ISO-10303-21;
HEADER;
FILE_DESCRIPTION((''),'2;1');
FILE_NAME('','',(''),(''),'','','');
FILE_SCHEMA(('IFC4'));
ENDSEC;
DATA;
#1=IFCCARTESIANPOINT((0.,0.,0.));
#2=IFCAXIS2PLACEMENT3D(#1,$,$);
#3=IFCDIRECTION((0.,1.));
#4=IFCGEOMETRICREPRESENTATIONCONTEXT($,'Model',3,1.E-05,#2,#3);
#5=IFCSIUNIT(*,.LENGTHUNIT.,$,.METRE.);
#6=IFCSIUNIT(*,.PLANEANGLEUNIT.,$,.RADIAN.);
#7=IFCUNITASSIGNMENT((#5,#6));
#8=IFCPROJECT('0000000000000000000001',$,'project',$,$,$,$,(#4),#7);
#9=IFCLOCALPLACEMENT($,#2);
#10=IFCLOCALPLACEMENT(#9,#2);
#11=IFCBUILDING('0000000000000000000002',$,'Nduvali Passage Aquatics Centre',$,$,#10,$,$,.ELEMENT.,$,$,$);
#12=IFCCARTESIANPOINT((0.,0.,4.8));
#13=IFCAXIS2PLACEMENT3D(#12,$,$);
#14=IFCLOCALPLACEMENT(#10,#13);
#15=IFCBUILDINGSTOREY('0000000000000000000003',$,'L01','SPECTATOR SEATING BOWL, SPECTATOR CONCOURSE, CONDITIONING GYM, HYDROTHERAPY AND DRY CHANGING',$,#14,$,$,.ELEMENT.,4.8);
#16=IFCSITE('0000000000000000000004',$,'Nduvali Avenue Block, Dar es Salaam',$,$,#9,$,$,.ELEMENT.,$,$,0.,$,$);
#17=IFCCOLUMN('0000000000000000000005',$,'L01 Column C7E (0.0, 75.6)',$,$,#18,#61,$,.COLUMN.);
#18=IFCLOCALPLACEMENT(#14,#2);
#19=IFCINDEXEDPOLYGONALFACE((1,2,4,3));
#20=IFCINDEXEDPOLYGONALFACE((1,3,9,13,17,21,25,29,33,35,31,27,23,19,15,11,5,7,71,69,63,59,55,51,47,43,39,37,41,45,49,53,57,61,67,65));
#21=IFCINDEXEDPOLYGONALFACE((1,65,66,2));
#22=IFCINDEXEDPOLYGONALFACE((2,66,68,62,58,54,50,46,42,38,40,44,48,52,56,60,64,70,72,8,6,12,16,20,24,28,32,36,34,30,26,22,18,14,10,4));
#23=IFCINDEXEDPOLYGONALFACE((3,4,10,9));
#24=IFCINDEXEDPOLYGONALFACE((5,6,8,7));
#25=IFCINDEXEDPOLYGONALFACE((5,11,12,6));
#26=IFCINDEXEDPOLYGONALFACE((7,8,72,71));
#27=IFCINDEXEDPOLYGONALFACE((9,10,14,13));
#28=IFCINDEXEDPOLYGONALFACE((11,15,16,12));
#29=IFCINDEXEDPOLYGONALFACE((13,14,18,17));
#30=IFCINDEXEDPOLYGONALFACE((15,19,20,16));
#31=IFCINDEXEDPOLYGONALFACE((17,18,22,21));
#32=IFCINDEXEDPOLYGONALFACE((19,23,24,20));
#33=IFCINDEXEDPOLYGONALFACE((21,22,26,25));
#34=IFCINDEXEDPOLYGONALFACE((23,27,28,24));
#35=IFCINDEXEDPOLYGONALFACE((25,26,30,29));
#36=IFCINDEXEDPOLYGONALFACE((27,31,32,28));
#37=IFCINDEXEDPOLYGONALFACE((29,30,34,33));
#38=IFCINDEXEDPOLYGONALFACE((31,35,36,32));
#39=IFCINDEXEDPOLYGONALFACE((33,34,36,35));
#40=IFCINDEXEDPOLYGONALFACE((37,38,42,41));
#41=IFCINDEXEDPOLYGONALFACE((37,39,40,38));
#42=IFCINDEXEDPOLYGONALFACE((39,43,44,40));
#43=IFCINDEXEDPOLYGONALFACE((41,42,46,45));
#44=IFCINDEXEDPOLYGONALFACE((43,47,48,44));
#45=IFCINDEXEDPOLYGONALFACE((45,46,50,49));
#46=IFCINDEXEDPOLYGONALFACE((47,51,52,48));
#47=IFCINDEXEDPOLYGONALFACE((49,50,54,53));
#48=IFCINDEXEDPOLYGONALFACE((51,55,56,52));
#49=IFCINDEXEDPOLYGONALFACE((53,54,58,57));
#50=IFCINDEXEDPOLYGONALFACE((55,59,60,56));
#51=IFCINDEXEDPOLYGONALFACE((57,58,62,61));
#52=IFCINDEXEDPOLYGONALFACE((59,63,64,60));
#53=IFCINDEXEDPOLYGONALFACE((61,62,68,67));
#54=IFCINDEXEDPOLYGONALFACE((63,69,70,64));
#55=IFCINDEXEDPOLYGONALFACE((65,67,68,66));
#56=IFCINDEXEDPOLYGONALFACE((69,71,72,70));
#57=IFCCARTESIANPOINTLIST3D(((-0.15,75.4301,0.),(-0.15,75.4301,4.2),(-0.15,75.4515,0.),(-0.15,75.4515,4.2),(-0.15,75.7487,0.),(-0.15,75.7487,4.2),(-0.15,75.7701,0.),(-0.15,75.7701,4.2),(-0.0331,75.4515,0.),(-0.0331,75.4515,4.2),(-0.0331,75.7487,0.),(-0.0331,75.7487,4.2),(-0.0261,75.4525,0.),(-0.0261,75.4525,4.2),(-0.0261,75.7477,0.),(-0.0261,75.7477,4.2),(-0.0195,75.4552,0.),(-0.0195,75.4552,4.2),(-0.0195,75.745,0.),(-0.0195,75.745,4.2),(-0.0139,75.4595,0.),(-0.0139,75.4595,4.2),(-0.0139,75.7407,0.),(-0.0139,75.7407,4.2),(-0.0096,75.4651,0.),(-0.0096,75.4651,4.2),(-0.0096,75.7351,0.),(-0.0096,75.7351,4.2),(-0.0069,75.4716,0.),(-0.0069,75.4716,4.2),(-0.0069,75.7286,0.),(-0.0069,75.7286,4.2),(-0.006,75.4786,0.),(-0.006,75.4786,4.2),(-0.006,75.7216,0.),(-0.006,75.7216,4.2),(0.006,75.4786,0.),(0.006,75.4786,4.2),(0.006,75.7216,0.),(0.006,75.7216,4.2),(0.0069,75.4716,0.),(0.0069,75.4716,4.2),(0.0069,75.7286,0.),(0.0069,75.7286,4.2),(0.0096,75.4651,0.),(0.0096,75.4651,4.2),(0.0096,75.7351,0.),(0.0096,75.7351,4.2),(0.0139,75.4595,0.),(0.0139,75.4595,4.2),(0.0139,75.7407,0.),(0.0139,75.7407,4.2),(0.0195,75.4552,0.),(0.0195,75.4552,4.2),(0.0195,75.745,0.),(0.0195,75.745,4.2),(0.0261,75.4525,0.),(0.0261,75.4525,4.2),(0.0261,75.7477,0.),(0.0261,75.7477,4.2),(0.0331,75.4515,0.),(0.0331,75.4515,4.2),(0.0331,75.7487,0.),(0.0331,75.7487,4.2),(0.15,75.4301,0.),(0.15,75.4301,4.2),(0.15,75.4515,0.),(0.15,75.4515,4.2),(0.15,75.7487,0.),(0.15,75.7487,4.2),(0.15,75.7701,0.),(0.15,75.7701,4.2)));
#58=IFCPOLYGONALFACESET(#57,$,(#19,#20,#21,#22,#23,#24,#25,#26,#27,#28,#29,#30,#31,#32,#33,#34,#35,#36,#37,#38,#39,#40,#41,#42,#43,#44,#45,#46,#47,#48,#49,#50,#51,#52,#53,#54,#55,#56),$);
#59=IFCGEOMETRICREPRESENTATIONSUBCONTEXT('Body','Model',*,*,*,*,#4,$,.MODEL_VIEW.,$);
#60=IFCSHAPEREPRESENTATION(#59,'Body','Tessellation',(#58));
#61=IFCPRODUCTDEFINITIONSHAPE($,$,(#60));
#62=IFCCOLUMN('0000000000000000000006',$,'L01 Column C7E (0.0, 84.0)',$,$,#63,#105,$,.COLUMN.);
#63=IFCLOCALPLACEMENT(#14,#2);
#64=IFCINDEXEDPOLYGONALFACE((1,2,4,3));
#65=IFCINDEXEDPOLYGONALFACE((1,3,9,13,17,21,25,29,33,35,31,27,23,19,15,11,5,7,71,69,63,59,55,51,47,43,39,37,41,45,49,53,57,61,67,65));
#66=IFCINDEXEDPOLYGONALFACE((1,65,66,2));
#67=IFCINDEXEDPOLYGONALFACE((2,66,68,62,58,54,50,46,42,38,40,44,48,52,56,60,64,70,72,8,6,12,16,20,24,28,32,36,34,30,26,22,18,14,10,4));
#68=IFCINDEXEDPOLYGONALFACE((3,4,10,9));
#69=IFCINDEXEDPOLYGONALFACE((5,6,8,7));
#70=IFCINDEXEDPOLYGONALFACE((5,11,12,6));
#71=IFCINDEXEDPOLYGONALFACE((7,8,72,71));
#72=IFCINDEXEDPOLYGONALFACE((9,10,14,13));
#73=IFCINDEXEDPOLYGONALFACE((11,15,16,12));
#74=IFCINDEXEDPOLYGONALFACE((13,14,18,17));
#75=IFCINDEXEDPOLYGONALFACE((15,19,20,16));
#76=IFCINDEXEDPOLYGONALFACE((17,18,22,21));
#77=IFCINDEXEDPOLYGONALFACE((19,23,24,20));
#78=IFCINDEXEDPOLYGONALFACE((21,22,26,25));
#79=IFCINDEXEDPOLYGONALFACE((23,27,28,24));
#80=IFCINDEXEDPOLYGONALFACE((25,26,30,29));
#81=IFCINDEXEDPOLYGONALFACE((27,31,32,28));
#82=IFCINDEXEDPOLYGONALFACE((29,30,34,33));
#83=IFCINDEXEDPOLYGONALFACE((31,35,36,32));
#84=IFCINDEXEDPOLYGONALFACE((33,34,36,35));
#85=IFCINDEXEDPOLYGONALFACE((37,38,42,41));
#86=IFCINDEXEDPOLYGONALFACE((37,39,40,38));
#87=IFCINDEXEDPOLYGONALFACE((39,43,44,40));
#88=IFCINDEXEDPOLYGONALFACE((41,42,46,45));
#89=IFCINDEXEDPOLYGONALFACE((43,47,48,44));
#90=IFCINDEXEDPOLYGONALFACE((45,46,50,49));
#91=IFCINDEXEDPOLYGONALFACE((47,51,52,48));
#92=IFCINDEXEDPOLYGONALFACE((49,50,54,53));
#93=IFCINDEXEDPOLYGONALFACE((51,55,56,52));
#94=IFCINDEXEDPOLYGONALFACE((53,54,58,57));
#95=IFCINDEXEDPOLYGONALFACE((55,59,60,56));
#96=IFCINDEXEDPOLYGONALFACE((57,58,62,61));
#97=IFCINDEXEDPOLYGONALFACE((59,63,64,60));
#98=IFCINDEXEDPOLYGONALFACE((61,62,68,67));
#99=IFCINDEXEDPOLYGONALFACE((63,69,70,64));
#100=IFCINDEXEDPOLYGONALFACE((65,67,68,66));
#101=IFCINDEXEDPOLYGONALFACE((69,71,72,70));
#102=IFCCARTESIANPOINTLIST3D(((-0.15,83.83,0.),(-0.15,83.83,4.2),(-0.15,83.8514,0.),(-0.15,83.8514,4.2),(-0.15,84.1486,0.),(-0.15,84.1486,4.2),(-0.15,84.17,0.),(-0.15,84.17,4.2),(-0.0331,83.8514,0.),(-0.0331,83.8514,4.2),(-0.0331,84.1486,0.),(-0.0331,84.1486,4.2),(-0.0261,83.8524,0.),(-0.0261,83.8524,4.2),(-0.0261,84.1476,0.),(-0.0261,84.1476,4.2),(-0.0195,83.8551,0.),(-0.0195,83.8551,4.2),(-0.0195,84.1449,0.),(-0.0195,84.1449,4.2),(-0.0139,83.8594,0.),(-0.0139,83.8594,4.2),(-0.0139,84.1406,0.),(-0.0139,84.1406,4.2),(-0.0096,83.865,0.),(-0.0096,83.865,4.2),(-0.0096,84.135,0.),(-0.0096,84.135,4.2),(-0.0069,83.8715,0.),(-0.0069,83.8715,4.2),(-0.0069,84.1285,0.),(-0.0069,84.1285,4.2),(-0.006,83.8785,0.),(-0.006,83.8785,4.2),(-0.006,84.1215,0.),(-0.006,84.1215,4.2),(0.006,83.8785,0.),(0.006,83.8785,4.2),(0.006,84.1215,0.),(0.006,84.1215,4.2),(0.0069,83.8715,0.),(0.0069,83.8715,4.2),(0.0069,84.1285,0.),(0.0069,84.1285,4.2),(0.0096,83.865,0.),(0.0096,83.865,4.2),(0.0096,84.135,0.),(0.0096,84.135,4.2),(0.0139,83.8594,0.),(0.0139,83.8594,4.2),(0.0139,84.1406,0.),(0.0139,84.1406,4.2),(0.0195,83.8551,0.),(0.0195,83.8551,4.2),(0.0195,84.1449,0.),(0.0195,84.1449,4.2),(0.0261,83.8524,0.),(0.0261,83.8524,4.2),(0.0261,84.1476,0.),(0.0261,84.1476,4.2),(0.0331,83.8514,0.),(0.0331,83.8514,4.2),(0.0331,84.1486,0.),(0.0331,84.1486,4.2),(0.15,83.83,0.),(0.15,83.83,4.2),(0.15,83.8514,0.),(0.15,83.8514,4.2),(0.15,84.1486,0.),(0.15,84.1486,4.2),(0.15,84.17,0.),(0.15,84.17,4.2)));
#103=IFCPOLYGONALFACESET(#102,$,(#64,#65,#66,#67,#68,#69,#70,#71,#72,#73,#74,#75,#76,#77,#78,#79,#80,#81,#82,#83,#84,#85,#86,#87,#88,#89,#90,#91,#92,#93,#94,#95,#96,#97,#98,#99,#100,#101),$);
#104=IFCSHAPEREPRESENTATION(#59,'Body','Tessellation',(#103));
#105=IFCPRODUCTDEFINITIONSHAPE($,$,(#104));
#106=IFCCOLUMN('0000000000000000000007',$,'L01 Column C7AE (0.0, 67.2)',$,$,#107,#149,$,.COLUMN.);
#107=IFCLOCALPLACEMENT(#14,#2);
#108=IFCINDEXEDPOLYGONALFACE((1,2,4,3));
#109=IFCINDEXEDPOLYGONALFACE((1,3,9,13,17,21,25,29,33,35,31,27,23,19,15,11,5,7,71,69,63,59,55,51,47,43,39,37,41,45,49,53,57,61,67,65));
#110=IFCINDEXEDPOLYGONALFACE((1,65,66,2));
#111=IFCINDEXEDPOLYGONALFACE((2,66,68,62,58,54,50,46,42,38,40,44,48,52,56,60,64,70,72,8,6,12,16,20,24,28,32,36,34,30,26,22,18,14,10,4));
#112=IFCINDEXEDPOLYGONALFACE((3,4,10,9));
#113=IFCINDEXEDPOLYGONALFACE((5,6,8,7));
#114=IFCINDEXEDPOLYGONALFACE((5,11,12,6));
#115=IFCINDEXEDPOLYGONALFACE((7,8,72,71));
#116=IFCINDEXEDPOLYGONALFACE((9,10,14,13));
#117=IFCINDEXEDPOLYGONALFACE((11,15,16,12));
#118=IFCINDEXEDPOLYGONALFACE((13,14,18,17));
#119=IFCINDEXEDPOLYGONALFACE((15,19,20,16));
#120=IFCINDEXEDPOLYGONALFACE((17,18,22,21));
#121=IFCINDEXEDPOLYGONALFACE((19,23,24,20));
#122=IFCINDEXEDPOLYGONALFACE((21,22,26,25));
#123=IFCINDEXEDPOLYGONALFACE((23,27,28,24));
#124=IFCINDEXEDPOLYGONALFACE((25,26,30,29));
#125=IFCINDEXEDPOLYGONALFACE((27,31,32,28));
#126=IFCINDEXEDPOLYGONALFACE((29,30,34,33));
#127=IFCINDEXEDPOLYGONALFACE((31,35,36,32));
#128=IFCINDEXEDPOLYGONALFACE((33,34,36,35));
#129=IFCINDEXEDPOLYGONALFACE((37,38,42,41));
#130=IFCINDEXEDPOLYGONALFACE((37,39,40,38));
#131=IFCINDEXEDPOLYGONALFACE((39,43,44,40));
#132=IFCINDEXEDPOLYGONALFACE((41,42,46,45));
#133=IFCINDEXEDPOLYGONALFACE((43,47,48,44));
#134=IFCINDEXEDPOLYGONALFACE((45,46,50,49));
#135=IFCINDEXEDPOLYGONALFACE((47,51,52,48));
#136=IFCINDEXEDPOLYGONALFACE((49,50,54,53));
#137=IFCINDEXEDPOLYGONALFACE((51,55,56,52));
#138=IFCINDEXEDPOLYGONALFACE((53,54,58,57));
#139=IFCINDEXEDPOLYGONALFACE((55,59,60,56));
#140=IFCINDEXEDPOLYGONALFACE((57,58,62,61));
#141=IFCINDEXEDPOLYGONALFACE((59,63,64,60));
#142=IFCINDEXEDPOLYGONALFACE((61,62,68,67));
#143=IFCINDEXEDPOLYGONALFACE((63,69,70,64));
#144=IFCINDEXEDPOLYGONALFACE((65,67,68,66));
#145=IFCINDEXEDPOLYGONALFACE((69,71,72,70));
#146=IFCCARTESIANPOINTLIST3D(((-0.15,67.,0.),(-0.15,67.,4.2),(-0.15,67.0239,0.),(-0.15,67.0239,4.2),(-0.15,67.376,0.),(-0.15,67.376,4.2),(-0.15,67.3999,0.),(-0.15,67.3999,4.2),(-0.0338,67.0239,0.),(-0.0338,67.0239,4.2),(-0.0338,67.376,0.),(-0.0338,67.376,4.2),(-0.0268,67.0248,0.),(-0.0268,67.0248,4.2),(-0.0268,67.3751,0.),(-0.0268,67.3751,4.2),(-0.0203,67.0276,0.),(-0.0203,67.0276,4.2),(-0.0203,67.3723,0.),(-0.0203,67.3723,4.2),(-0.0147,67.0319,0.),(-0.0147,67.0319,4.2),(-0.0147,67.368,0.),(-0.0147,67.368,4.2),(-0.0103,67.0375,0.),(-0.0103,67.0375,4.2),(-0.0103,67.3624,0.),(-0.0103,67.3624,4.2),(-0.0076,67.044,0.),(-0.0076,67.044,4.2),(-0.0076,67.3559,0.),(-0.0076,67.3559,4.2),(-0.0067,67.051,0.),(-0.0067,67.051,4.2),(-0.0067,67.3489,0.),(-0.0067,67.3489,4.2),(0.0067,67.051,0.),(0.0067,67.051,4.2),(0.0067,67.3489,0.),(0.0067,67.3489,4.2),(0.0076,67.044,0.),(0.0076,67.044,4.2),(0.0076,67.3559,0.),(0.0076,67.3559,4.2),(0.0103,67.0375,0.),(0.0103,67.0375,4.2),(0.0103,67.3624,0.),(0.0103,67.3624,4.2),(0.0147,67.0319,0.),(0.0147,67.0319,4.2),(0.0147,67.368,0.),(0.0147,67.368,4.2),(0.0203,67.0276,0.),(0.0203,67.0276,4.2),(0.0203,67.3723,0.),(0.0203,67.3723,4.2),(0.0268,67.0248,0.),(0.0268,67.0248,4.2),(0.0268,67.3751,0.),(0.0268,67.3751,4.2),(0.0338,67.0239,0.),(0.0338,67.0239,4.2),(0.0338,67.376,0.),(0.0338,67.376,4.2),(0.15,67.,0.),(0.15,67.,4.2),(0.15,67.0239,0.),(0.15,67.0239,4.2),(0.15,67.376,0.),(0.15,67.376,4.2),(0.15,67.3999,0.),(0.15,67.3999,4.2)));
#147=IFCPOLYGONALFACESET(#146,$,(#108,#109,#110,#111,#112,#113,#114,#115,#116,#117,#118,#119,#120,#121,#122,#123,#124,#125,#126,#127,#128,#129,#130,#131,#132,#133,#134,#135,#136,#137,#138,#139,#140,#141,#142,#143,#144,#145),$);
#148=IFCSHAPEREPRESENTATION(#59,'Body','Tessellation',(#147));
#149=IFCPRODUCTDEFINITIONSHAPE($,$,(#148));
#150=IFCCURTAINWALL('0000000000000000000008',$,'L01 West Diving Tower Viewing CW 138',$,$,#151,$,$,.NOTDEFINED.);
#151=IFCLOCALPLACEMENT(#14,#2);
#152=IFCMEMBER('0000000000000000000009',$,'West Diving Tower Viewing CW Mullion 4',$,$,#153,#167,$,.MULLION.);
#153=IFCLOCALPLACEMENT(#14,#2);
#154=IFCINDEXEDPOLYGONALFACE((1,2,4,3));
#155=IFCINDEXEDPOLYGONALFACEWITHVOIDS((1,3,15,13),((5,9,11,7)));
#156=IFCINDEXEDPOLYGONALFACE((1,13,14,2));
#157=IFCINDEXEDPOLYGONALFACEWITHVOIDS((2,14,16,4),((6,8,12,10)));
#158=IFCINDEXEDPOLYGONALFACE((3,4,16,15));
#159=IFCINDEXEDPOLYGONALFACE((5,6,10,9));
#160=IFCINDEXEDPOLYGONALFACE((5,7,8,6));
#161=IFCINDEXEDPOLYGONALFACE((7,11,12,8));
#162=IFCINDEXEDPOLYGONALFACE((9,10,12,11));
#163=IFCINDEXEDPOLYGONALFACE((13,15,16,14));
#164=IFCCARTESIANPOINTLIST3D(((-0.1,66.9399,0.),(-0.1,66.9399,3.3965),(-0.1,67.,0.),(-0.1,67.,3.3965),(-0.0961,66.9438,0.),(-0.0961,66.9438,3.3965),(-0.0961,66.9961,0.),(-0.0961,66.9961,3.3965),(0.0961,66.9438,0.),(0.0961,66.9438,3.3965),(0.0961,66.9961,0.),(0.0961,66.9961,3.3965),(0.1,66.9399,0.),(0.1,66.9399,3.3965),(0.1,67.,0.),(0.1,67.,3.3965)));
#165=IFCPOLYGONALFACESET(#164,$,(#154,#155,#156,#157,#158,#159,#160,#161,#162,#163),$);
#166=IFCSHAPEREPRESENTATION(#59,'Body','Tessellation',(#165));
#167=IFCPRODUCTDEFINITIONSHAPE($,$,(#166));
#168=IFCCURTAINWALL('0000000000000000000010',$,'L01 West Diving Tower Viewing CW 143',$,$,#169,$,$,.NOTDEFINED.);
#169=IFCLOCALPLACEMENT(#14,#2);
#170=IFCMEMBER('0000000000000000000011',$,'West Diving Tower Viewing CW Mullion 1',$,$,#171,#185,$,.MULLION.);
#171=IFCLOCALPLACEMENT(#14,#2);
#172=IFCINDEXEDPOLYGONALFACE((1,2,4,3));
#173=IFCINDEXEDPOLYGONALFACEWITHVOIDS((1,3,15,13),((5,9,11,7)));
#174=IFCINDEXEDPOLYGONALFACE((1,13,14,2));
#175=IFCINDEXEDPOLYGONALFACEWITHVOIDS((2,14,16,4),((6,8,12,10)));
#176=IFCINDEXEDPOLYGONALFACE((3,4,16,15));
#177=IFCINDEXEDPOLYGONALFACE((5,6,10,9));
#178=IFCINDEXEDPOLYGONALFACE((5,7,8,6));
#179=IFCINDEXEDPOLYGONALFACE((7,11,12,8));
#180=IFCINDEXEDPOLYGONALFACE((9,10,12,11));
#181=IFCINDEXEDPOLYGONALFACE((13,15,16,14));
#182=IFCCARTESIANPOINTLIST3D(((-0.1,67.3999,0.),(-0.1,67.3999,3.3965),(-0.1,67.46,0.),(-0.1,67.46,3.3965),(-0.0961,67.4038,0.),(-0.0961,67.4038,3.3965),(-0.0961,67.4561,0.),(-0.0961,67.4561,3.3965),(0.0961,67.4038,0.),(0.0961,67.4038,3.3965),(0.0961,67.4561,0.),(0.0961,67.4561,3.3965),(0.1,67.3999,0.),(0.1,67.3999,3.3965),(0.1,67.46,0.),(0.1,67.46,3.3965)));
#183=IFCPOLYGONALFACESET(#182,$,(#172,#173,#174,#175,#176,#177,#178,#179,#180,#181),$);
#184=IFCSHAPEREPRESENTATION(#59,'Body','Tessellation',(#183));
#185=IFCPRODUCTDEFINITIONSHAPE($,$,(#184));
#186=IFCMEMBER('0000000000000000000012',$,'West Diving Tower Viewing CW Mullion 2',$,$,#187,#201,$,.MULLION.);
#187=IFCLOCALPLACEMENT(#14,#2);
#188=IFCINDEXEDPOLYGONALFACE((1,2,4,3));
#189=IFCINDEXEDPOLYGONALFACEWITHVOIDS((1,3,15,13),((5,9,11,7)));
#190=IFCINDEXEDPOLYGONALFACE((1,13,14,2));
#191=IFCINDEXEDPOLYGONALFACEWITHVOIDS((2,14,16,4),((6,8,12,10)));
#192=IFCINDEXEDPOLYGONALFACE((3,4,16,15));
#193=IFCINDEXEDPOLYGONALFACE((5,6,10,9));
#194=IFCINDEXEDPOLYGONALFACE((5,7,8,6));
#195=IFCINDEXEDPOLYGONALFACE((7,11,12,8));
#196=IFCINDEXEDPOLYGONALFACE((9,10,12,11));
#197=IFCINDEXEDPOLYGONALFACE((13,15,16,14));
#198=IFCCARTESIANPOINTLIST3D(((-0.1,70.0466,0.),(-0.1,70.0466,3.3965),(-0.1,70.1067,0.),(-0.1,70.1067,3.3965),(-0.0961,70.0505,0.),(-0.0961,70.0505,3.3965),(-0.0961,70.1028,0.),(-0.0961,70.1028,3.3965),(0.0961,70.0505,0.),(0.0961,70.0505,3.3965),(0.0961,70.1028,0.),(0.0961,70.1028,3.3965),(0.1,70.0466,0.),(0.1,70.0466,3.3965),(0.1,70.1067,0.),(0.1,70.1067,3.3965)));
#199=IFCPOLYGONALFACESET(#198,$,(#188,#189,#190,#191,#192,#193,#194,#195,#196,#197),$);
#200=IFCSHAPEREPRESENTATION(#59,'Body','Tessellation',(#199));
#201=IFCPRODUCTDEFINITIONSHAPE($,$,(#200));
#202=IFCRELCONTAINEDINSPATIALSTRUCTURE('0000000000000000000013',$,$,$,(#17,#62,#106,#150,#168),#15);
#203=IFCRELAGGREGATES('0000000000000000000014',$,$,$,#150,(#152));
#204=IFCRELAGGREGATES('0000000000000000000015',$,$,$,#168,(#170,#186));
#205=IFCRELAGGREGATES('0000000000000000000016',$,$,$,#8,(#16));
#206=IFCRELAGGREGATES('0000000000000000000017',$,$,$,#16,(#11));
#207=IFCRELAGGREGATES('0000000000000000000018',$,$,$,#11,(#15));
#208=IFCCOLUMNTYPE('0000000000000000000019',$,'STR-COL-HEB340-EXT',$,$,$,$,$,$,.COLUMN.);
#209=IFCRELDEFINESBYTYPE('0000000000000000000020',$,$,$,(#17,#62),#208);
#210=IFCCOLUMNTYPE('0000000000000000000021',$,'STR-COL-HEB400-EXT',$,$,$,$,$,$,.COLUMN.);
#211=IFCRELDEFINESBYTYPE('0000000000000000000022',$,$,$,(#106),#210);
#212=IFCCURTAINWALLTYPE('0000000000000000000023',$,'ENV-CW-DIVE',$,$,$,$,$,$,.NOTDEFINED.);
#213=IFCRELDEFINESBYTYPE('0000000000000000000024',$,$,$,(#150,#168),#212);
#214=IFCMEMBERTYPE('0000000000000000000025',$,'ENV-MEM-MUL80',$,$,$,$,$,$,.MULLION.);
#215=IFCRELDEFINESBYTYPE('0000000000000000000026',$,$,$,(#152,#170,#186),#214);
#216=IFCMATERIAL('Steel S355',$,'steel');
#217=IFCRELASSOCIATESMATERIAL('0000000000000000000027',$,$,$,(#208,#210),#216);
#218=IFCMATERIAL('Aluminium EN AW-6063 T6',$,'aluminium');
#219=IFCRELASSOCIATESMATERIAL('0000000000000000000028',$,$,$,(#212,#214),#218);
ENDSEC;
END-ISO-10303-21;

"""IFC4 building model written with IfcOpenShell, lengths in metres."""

from ifc_helpers import new_model, si_unit, direction, frame, origin, origin_2d, place, context, subcontext, project, spatial, hollow_rectangle, i_section, extrude, material, material_profile, profile_set, type_object, element, aggregate, save


model = new_model("IFC4")

# Units and contexts
model_context = context("Model", 3, precision=1e-05, world=origin(), true_north=direction((0.0, 1.0)))
body_context = subcontext(model_context, "Body", "Model", "MODEL_VIEW")
ifc_project = project(units=[si_unit("LENGTHUNIT", "METRE"), si_unit("PLANEANGLEUNIT", "RADIAN")], contexts=[model_context])

# Site, building, storey
site_placement = place(None, origin())
site = spatial("IfcSite", under=ifc_project, at=site_placement, Name="Nduvali Avenue Block, Dar es Salaam", CompositionType="ELEMENT", RefElevation=0.0)
building_placement = place(site_placement, origin())
building = spatial("IfcBuilding", under=site, at=building_placement, Name="Nduvali Passage Aquatics Centre", CompositionType="ELEMENT")
storey_placement = place(building_placement, frame((0.0, 0.0, 4.8)))
storey = spatial("IfcBuildingStorey", under=building, at=storey_placement, Name="L01", Description="SPECTATOR SEATING BOWL, SPECTATOR CONCOURSE, CONDITIONING GYM, HYDROTHERAPY AND DRY CHANGING", CompositionType="ELEMENT", Elevation=4.8)

# Columns
ifc_material_1 = material(Name="Steel S355", Category="steel")
ifc_material_profile_1 = material_profile(ifc_material_1, i_section(OverallWidth=0.3, OverallDepth=0.3401, WebThickness=0.012, FlangeThickness=0.0215, FilletRadius=0.0271, at=origin_2d()), Name="HEB 340")
ifc_profile_set_1 = profile_set([ifc_material_profile_1], Name="Steel S355")
column_type_1 = type_object("IfcColumnType", Name="STR-COL-HEB340-EXT", PredefinedType="COLUMN", material=ifc_profile_set_1)
for number, where, z_axis, x_axis, name in (
    (1, (0.0, 75.6001, 0.0), (0.0, 0.0, 1.0), (1.0, 0.0, 0.0), "L01 Column C7E (0.0, 75.6)"),
    (2, (0.0, 84.0, 0.0), (0.0, 0.0, 1.0), (1.0, 0.0, 0.0), "L01 Column C7E (0.0, 84.0)"),
):
    element("IfcColumn", number, at=place(storey_placement, frame(where, z_axis=z_axis, x_axis=x_axis)), inside=storey, type_object=column_type_1, Name=name, PredefinedType="COLUMN", context=body_context, shape_type="SweptSolid", body=[
        extrude(i_section(OverallWidth=0.3, OverallDepth=0.3401, WebThickness=0.012, FlangeThickness=0.0215, FilletRadius=0.0271, at=origin_2d()), origin(), (0.0, 0.0, 1.0), 4.2),
    ])
ifc_material_profile_2 = material_profile(ifc_material_1, i_section(OverallWidth=0.3, OverallDepth=0.3999, WebThickness=0.0134, FlangeThickness=0.0239, FilletRadius=0.0271, at=origin_2d()), Name="HEB 400")
ifc_profile_set_2 = profile_set([ifc_material_profile_2], Name="Steel S355")
column_type_2 = type_object("IfcColumnType", Name="STR-COL-HEB400-EXT", PredefinedType="COLUMN", material=ifc_profile_set_2)
column_placement = place(storey_placement, frame((0.0, 67.2, 0.0), z_axis=(0.0, 0.0, 1.0), x_axis=(1.0, 0.0, 0.0)))
element("IfcColumn", 3, at=column_placement, inside=storey, type_object=column_type_2, Name="L01 Column C7AE (0.0, 67.2)", PredefinedType="COLUMN", context=body_context, shape_type="SweptSolid", body=[
    extrude(i_section(OverallWidth=0.3, OverallDepth=0.3999, WebThickness=0.0134, FlangeThickness=0.0239, FilletRadius=0.0271, at=origin_2d()), origin(), (0.0, 0.0, 1.0), 4.2),
])

# Curtain wall, member
ifc_material_2 = material(Name="Aluminium EN AW-6063 T6", Category="aluminium")
curtain_wall_type = type_object("IfcCurtainWallType", Name="ENV-CW-DIVE", PredefinedType="NOTDEFINED", material=ifc_material_2)
curtain_wall_1_placement = place(storey_placement, origin())
curtain_wall_1 = element("IfcCurtainWall", 4, at=curtain_wall_1_placement, inside=storey, type_object=curtain_wall_type, Name="L01 West Diving Tower Viewing CW 138", PredefinedType="NOTDEFINED")
ifc_material_profile_3 = material_profile(ifc_material_2, hollow_rectangle(XDim=0.0601, YDim=0.2, WallThickness=0.0039, at=origin_2d()), Name="ALU MULLION 60x200x4")
ifc_profile_set_3 = profile_set([ifc_material_profile_3], Name="Aluminium EN AW-6063 T6")
member_type_1 = type_object("IfcMemberType", Name="ENV-MEM-MUL80", PredefinedType="MULLION", material=ifc_profile_set_3)
member_1_placement = place(storey_placement, frame((0.0, 66.97, 0.0), z_axis=(0.0, 0.0, 1.0), x_axis=(0.0, 1.0, 0.0)))
member_1 = element("IfcMember", 5, at=member_1_placement, type_object=member_type_1, Name="West Diving Tower Viewing CW Mullion 4", PredefinedType="MULLION", context=body_context, shape_type="SweptSolid", body=[
    extrude(hollow_rectangle(XDim=0.0601, YDim=0.2, WallThickness=0.0039, at=origin_2d()), origin(), (0.0, 0.0, 1.0), 3.3965),
])
aggregate(curtain_wall_1, [member_1])

# Curtain wall, members
curtain_wall_2_placement = place(storey_placement, origin())
curtain_wall_2 = element("IfcCurtainWall", 6, at=curtain_wall_2_placement, inside=storey, type_object=curtain_wall_type, Name="L01 West Diving Tower Viewing CW 143", PredefinedType="NOTDEFINED")
member_2_placement = place(storey_placement, frame((0.0, 67.4299, 0.0), z_axis=(0.0, 0.0, 1.0), x_axis=(0.0, 1.0, 0.0)))
member_2 = element("IfcMember", 7, at=member_2_placement, type_object=member_type_1, Name="West Diving Tower Viewing CW Mullion 1", PredefinedType="MULLION", context=body_context, shape_type="SweptSolid", body=[
    extrude(hollow_rectangle(XDim=0.0601, YDim=0.2, WallThickness=0.0039, at=origin_2d()), origin(), (0.0, 0.0, 1.0), 3.3965),
])
member_3_placement = place(storey_placement, frame((0.0, 70.0767, 0.0), z_axis=(0.0, 0.0, 1.0), x_axis=(0.0, 1.0, 0.0)))
member_3 = element("IfcMember", 8, at=member_3_placement, type_object=member_type_1, Name="West Diving Tower Viewing CW Mullion 2", PredefinedType="MULLION", context=body_context, shape_type="SweptSolid", body=[
    extrude(hollow_rectangle(XDim=0.0601, YDim=0.2, WallThickness=0.0039, at=origin_2d()), origin(), (0.0, 0.0, 1.0), 3.3965),
])

aggregate(curtain_wall_2, [member_2, member_3])

save(model, "model.ifc")
